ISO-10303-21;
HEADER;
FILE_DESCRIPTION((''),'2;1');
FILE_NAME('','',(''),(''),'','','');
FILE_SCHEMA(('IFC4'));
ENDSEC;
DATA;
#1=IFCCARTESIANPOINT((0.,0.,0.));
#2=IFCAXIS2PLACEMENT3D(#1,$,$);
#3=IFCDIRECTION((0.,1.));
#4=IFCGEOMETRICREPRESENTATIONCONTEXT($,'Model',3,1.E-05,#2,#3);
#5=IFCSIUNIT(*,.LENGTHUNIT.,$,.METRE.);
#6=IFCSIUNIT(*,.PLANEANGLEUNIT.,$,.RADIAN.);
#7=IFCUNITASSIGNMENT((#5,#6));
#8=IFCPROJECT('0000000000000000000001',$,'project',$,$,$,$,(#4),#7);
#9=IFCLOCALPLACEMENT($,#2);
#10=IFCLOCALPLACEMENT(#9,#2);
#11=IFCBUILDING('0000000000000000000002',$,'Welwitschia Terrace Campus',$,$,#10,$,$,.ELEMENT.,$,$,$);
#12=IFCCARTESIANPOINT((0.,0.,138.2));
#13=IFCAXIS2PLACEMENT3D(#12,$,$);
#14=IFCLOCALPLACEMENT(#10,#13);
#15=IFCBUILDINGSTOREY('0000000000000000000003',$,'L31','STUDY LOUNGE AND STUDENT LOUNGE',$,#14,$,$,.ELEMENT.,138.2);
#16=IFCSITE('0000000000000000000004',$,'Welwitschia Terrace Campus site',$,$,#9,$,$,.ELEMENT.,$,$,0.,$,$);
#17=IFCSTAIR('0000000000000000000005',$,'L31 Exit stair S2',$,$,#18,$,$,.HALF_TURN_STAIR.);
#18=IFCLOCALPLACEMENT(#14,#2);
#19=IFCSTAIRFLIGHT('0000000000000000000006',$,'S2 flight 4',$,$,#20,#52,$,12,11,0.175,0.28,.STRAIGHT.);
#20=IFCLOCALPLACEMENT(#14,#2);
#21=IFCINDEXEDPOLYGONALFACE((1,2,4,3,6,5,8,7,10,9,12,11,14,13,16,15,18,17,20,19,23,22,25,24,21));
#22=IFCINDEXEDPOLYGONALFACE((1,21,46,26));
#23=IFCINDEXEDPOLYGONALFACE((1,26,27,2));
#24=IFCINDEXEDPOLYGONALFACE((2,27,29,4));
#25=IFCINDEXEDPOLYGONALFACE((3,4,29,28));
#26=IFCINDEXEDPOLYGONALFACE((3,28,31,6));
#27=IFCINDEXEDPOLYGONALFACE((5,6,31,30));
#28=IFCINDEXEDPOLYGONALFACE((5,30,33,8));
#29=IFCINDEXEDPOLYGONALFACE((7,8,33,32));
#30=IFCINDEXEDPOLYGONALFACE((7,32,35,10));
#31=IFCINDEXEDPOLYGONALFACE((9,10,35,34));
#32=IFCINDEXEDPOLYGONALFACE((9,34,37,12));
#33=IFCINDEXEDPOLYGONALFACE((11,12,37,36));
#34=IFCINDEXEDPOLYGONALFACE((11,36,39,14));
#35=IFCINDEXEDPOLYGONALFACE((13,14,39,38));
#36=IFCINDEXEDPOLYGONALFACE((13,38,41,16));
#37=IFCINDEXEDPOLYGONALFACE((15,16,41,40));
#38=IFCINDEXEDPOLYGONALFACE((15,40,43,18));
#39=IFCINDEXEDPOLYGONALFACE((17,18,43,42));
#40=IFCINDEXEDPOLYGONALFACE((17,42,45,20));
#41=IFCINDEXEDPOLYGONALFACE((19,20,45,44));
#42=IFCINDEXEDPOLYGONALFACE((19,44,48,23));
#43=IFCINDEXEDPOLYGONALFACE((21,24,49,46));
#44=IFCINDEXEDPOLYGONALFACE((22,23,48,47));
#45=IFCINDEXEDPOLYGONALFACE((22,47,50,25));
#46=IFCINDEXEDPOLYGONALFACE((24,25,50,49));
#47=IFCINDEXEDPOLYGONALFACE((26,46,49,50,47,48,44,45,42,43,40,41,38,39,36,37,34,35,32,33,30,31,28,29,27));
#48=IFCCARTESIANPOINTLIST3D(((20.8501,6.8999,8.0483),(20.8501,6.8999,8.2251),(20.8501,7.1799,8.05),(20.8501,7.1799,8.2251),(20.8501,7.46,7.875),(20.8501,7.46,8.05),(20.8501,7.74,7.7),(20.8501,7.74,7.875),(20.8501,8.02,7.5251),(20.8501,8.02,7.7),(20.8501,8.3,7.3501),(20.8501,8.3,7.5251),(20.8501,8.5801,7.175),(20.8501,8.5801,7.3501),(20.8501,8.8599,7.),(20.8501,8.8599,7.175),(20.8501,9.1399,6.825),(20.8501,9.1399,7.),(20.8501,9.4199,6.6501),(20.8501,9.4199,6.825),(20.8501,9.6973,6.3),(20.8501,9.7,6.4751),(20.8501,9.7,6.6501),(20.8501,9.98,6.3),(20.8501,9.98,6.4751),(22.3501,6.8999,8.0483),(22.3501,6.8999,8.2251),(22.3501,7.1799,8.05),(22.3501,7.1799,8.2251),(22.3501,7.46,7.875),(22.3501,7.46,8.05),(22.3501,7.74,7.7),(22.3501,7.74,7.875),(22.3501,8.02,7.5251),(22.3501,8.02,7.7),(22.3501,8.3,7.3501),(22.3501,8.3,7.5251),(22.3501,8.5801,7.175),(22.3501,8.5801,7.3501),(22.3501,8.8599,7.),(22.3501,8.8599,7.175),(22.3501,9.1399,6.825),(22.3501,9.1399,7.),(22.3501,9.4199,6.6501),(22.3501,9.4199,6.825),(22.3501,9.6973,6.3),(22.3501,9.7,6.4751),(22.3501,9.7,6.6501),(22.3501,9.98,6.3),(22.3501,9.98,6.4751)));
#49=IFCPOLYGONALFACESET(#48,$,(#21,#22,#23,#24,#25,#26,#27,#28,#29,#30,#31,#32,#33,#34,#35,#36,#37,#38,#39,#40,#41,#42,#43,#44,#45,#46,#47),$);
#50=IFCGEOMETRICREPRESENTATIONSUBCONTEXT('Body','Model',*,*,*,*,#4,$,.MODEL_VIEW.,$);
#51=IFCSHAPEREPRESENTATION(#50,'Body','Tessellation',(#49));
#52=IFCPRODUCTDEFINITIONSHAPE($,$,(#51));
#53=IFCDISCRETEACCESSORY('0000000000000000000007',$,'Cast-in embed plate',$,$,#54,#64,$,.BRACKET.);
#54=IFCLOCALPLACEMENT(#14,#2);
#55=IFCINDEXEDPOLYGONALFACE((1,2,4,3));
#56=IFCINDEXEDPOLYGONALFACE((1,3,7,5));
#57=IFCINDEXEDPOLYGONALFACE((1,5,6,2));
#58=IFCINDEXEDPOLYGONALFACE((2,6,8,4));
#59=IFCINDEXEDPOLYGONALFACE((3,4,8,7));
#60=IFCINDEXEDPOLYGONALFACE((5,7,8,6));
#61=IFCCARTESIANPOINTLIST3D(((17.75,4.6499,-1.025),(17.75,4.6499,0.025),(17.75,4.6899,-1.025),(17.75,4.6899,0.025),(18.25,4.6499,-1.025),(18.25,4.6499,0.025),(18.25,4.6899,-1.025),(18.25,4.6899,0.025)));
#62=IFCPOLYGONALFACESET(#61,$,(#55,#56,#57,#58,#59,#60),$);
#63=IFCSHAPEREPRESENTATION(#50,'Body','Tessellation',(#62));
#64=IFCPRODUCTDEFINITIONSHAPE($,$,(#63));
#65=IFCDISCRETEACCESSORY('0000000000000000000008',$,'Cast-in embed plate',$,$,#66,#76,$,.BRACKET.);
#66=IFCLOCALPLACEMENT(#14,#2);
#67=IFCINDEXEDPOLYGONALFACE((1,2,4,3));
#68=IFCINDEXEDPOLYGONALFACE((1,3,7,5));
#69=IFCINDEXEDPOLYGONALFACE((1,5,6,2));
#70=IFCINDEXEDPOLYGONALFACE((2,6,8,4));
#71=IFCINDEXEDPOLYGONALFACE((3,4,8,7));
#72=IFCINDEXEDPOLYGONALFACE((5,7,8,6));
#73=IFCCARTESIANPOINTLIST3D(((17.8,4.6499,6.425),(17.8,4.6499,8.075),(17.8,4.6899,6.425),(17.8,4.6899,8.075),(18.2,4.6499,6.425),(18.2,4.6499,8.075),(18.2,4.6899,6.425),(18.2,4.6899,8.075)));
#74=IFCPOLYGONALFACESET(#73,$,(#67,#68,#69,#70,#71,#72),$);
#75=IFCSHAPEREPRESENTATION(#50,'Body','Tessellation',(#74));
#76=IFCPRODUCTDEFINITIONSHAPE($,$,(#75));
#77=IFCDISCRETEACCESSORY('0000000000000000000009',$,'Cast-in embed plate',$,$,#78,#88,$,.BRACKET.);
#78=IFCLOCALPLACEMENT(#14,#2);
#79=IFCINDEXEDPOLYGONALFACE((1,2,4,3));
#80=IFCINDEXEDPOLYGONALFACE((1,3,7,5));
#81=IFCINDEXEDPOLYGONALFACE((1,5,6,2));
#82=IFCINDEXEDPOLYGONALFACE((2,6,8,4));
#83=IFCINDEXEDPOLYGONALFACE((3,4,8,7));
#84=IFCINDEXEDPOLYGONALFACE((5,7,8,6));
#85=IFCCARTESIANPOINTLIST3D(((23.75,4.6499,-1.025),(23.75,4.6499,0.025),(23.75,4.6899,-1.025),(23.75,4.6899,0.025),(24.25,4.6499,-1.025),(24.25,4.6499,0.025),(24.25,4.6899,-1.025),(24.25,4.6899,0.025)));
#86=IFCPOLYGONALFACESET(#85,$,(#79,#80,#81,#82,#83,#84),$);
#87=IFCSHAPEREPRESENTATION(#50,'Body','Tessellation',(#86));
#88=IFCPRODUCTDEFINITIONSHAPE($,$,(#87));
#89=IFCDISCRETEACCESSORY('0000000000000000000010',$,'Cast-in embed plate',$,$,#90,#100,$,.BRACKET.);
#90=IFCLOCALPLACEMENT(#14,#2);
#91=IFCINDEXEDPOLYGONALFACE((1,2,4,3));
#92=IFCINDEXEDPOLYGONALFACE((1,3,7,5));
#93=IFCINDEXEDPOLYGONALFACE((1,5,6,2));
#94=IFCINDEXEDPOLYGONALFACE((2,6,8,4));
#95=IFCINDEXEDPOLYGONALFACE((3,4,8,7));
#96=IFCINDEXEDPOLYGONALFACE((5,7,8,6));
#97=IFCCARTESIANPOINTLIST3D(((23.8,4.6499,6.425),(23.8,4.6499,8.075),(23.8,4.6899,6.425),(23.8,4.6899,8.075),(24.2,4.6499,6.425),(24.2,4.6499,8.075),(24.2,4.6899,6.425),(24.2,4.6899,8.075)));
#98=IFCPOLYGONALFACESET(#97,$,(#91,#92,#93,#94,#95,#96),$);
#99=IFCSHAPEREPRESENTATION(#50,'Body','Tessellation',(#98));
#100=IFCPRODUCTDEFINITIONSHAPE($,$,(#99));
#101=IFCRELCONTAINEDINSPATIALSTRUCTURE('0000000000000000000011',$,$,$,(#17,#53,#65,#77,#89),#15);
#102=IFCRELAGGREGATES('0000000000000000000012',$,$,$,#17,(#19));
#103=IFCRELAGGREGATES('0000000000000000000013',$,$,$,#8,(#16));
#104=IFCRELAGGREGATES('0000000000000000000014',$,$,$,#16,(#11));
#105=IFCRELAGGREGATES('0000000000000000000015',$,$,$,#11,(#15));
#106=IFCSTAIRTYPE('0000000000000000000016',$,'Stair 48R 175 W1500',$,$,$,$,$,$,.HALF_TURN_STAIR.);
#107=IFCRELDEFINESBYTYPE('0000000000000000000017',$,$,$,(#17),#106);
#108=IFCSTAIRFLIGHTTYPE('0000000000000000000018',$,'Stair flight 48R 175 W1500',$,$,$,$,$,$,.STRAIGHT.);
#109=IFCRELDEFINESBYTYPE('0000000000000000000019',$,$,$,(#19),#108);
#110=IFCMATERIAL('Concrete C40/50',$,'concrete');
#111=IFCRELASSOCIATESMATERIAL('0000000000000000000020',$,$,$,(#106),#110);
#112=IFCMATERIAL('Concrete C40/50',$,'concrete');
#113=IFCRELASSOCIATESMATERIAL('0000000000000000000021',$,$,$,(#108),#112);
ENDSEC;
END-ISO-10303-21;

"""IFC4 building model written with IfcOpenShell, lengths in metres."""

from ifc_helpers import new_model, si_unit, direction, frame, origin, origin_2d, place, context, subcontext, project, spatial, polyline, rectangle, outline, extrude, material, type_object, element, aggregate, save


model = new_model("IFC4")

# Units and contexts
model_context = context("Model", 3, precision=1e-05, world=origin(), true_north=direction((0.0, 1.0)))
body_context = subcontext(model_context, "Body", "Model", "MODEL_VIEW")
ifc_project = project(units=[si_unit("LENGTHUNIT", "METRE"), si_unit("PLANEANGLEUNIT", "RADIAN")], contexts=[model_context])

# Site, building, storey
site_placement = place(None, origin())
site = spatial("IfcSite", under=ifc_project, at=site_placement, Name="Welwitschia Terrace Campus site", CompositionType="ELEMENT", RefElevation=0.0)
building_placement = place(site_placement, origin())
building = spatial("IfcBuilding", under=site, at=building_placement, Name="Welwitschia Terrace Campus", CompositionType="ELEMENT")
storey_placement = place(building_placement, frame((0.0, 0.0, 138.2)))
storey = spatial("IfcBuildingStorey", under=building, at=storey_placement, Name="L31", Description="STUDY LOUNGE AND STUDENT LOUNGE", CompositionType="ELEMENT", Elevation=138.2)

# Stair, stair flight
ifc_material_1 = material(Name="Concrete C40/50", Category="concrete")
stair_type = type_object("IfcStairType", Name="Stair 48R 175 W1500", PredefinedType="HALF_TURN_STAIR", material=ifc_material_1)
stair_placement = place(storey_placement, origin())
stair = element("IfcStair", 1, at=stair_placement, inside=storey, type_object=stair_type, Name="L31 Exit stair S2", PredefinedType="HALF_TURN_STAIR")
ifc_material_2 = material(Name="Concrete C40/50", Category="concrete")
stair_flight_type = type_object("IfcStairFlightType", Name="Stair flight 48R 175 W1500", PredefinedType="STRAIGHT", material=ifc_material_2)
stair_flight_1_placement = place(storey_placement, frame((21.6001, 9.98, 6.3), z_axis=(0.0, 0.0, 1.0), x_axis=(0.0, -1.0, 0.0)))
stair_flight_1 = element("IfcStairFlight", 2, at=stair_flight_1_placement, type_object=stair_flight_type, Name="S2 flight 4", NumberOfRisers=12, NumberOfTreads=11, PredefinedType="STRAIGHT", RiserHeight=0.175, TreadLength=0.28, context=body_context, shape_type="SweptSolid", body=[
    extrude(outline(polyline([(0.0, 0.0), (0.0, 0.175), (0.28, 0.175), (0.28, 0.3501), (0.5601, 0.3501), (0.5601, 0.5249), (0.8401, 0.5249), (0.8401, 0.7), (1.1201, 0.7), (1.1201, 0.875), (1.3999, 0.875), (1.3999, 1.05), (1.6799, 1.05), (1.6799, 1.2251), (1.96, 1.2251), (1.96, 1.3999), (2.24, 1.3999), (2.24, 1.575), (2.52, 1.575), (2.52, 1.75), (2.8, 1.75), (2.8, 1.925), (3.0801, 1.925), (3.0801, 2.1001), (3.0801, 1.7483), (0.2827, 0.0), (0.0, 0.0)])), frame((0.0, 0.75, 0.0), z_axis=(0.0, -1.0, 0.0), x_axis=(1.0, 0.0, 0.0)), (0.0, 0.0, 1.0), 1.5),
])
aggregate(stair, [stair_flight_1])

# Discrete accessories
discrete_accessory_1_placement = place(storey_placement, frame((18.0, 4.6499, -0.5), z_axis=(0.0, 1.0, 0.0), x_axis=(-1.0, 0.0, 0.0)))
element("IfcDiscreteAccessory", 3, at=discrete_accessory_1_placement, inside=storey, Name="Cast-in embed plate", PredefinedType="BRACKET", context=body_context, shape_type="SweptSolid", body=[
    extrude(rectangle(XDim=0.5, YDim=1.05, at=origin_2d()), origin(), (0.0, 0.0, 1.0), 0.04),
])
discrete_accessory_2_placement = place(storey_placement, frame((18.0, 4.6499, 7.25), z_axis=(0.0, 1.0, 0.0), x_axis=(-1.0, 0.0, 0.0)))
element("IfcDiscreteAccessory", 4, at=discrete_accessory_2_placement, inside=storey, Name="Cast-in embed plate", PredefinedType="BRACKET", context=body_context, shape_type="SweptSolid", body=[
    extrude(rectangle(XDim=0.3999, YDim=1.6499, at=origin_2d()), origin(), (0.0, 0.0, 1.0), 0.04),
])
discrete_accessory_3_placement = place(storey_placement, frame((24.0, 4.6499, -0.5), z_axis=(0.0, 1.0, 0.0), x_axis=(-1.0, 0.0, 0.0)))
element("IfcDiscreteAccessory", 5, at=discrete_accessory_3_placement, inside=storey, Name="Cast-in embed plate", PredefinedType="BRACKET", context=body_context, shape_type="SweptSolid", body=[
    extrude(rectangle(XDim=0.5, YDim=1.05, at=origin_2d()), origin(), (0.0, 0.0, 1.0), 0.04),
])
discrete_accessory_4_placement = place(storey_placement, frame((24.0, 4.6499, 7.25), z_axis=(0.0, 1.0, 0.0), x_axis=(-1.0, 0.0, 0.0)))
element("IfcDiscreteAccessory", 6, at=discrete_accessory_4_placement, inside=storey, Name="Cast-in embed plate", PredefinedType="BRACKET", context=body_context, shape_type="SweptSolid", body=[
    extrude(rectangle(XDim=0.3999, YDim=1.6499, at=origin_2d()), origin(), (0.0, 0.0, 1.0), 0.04),
])

save(model, "model.ifc")
